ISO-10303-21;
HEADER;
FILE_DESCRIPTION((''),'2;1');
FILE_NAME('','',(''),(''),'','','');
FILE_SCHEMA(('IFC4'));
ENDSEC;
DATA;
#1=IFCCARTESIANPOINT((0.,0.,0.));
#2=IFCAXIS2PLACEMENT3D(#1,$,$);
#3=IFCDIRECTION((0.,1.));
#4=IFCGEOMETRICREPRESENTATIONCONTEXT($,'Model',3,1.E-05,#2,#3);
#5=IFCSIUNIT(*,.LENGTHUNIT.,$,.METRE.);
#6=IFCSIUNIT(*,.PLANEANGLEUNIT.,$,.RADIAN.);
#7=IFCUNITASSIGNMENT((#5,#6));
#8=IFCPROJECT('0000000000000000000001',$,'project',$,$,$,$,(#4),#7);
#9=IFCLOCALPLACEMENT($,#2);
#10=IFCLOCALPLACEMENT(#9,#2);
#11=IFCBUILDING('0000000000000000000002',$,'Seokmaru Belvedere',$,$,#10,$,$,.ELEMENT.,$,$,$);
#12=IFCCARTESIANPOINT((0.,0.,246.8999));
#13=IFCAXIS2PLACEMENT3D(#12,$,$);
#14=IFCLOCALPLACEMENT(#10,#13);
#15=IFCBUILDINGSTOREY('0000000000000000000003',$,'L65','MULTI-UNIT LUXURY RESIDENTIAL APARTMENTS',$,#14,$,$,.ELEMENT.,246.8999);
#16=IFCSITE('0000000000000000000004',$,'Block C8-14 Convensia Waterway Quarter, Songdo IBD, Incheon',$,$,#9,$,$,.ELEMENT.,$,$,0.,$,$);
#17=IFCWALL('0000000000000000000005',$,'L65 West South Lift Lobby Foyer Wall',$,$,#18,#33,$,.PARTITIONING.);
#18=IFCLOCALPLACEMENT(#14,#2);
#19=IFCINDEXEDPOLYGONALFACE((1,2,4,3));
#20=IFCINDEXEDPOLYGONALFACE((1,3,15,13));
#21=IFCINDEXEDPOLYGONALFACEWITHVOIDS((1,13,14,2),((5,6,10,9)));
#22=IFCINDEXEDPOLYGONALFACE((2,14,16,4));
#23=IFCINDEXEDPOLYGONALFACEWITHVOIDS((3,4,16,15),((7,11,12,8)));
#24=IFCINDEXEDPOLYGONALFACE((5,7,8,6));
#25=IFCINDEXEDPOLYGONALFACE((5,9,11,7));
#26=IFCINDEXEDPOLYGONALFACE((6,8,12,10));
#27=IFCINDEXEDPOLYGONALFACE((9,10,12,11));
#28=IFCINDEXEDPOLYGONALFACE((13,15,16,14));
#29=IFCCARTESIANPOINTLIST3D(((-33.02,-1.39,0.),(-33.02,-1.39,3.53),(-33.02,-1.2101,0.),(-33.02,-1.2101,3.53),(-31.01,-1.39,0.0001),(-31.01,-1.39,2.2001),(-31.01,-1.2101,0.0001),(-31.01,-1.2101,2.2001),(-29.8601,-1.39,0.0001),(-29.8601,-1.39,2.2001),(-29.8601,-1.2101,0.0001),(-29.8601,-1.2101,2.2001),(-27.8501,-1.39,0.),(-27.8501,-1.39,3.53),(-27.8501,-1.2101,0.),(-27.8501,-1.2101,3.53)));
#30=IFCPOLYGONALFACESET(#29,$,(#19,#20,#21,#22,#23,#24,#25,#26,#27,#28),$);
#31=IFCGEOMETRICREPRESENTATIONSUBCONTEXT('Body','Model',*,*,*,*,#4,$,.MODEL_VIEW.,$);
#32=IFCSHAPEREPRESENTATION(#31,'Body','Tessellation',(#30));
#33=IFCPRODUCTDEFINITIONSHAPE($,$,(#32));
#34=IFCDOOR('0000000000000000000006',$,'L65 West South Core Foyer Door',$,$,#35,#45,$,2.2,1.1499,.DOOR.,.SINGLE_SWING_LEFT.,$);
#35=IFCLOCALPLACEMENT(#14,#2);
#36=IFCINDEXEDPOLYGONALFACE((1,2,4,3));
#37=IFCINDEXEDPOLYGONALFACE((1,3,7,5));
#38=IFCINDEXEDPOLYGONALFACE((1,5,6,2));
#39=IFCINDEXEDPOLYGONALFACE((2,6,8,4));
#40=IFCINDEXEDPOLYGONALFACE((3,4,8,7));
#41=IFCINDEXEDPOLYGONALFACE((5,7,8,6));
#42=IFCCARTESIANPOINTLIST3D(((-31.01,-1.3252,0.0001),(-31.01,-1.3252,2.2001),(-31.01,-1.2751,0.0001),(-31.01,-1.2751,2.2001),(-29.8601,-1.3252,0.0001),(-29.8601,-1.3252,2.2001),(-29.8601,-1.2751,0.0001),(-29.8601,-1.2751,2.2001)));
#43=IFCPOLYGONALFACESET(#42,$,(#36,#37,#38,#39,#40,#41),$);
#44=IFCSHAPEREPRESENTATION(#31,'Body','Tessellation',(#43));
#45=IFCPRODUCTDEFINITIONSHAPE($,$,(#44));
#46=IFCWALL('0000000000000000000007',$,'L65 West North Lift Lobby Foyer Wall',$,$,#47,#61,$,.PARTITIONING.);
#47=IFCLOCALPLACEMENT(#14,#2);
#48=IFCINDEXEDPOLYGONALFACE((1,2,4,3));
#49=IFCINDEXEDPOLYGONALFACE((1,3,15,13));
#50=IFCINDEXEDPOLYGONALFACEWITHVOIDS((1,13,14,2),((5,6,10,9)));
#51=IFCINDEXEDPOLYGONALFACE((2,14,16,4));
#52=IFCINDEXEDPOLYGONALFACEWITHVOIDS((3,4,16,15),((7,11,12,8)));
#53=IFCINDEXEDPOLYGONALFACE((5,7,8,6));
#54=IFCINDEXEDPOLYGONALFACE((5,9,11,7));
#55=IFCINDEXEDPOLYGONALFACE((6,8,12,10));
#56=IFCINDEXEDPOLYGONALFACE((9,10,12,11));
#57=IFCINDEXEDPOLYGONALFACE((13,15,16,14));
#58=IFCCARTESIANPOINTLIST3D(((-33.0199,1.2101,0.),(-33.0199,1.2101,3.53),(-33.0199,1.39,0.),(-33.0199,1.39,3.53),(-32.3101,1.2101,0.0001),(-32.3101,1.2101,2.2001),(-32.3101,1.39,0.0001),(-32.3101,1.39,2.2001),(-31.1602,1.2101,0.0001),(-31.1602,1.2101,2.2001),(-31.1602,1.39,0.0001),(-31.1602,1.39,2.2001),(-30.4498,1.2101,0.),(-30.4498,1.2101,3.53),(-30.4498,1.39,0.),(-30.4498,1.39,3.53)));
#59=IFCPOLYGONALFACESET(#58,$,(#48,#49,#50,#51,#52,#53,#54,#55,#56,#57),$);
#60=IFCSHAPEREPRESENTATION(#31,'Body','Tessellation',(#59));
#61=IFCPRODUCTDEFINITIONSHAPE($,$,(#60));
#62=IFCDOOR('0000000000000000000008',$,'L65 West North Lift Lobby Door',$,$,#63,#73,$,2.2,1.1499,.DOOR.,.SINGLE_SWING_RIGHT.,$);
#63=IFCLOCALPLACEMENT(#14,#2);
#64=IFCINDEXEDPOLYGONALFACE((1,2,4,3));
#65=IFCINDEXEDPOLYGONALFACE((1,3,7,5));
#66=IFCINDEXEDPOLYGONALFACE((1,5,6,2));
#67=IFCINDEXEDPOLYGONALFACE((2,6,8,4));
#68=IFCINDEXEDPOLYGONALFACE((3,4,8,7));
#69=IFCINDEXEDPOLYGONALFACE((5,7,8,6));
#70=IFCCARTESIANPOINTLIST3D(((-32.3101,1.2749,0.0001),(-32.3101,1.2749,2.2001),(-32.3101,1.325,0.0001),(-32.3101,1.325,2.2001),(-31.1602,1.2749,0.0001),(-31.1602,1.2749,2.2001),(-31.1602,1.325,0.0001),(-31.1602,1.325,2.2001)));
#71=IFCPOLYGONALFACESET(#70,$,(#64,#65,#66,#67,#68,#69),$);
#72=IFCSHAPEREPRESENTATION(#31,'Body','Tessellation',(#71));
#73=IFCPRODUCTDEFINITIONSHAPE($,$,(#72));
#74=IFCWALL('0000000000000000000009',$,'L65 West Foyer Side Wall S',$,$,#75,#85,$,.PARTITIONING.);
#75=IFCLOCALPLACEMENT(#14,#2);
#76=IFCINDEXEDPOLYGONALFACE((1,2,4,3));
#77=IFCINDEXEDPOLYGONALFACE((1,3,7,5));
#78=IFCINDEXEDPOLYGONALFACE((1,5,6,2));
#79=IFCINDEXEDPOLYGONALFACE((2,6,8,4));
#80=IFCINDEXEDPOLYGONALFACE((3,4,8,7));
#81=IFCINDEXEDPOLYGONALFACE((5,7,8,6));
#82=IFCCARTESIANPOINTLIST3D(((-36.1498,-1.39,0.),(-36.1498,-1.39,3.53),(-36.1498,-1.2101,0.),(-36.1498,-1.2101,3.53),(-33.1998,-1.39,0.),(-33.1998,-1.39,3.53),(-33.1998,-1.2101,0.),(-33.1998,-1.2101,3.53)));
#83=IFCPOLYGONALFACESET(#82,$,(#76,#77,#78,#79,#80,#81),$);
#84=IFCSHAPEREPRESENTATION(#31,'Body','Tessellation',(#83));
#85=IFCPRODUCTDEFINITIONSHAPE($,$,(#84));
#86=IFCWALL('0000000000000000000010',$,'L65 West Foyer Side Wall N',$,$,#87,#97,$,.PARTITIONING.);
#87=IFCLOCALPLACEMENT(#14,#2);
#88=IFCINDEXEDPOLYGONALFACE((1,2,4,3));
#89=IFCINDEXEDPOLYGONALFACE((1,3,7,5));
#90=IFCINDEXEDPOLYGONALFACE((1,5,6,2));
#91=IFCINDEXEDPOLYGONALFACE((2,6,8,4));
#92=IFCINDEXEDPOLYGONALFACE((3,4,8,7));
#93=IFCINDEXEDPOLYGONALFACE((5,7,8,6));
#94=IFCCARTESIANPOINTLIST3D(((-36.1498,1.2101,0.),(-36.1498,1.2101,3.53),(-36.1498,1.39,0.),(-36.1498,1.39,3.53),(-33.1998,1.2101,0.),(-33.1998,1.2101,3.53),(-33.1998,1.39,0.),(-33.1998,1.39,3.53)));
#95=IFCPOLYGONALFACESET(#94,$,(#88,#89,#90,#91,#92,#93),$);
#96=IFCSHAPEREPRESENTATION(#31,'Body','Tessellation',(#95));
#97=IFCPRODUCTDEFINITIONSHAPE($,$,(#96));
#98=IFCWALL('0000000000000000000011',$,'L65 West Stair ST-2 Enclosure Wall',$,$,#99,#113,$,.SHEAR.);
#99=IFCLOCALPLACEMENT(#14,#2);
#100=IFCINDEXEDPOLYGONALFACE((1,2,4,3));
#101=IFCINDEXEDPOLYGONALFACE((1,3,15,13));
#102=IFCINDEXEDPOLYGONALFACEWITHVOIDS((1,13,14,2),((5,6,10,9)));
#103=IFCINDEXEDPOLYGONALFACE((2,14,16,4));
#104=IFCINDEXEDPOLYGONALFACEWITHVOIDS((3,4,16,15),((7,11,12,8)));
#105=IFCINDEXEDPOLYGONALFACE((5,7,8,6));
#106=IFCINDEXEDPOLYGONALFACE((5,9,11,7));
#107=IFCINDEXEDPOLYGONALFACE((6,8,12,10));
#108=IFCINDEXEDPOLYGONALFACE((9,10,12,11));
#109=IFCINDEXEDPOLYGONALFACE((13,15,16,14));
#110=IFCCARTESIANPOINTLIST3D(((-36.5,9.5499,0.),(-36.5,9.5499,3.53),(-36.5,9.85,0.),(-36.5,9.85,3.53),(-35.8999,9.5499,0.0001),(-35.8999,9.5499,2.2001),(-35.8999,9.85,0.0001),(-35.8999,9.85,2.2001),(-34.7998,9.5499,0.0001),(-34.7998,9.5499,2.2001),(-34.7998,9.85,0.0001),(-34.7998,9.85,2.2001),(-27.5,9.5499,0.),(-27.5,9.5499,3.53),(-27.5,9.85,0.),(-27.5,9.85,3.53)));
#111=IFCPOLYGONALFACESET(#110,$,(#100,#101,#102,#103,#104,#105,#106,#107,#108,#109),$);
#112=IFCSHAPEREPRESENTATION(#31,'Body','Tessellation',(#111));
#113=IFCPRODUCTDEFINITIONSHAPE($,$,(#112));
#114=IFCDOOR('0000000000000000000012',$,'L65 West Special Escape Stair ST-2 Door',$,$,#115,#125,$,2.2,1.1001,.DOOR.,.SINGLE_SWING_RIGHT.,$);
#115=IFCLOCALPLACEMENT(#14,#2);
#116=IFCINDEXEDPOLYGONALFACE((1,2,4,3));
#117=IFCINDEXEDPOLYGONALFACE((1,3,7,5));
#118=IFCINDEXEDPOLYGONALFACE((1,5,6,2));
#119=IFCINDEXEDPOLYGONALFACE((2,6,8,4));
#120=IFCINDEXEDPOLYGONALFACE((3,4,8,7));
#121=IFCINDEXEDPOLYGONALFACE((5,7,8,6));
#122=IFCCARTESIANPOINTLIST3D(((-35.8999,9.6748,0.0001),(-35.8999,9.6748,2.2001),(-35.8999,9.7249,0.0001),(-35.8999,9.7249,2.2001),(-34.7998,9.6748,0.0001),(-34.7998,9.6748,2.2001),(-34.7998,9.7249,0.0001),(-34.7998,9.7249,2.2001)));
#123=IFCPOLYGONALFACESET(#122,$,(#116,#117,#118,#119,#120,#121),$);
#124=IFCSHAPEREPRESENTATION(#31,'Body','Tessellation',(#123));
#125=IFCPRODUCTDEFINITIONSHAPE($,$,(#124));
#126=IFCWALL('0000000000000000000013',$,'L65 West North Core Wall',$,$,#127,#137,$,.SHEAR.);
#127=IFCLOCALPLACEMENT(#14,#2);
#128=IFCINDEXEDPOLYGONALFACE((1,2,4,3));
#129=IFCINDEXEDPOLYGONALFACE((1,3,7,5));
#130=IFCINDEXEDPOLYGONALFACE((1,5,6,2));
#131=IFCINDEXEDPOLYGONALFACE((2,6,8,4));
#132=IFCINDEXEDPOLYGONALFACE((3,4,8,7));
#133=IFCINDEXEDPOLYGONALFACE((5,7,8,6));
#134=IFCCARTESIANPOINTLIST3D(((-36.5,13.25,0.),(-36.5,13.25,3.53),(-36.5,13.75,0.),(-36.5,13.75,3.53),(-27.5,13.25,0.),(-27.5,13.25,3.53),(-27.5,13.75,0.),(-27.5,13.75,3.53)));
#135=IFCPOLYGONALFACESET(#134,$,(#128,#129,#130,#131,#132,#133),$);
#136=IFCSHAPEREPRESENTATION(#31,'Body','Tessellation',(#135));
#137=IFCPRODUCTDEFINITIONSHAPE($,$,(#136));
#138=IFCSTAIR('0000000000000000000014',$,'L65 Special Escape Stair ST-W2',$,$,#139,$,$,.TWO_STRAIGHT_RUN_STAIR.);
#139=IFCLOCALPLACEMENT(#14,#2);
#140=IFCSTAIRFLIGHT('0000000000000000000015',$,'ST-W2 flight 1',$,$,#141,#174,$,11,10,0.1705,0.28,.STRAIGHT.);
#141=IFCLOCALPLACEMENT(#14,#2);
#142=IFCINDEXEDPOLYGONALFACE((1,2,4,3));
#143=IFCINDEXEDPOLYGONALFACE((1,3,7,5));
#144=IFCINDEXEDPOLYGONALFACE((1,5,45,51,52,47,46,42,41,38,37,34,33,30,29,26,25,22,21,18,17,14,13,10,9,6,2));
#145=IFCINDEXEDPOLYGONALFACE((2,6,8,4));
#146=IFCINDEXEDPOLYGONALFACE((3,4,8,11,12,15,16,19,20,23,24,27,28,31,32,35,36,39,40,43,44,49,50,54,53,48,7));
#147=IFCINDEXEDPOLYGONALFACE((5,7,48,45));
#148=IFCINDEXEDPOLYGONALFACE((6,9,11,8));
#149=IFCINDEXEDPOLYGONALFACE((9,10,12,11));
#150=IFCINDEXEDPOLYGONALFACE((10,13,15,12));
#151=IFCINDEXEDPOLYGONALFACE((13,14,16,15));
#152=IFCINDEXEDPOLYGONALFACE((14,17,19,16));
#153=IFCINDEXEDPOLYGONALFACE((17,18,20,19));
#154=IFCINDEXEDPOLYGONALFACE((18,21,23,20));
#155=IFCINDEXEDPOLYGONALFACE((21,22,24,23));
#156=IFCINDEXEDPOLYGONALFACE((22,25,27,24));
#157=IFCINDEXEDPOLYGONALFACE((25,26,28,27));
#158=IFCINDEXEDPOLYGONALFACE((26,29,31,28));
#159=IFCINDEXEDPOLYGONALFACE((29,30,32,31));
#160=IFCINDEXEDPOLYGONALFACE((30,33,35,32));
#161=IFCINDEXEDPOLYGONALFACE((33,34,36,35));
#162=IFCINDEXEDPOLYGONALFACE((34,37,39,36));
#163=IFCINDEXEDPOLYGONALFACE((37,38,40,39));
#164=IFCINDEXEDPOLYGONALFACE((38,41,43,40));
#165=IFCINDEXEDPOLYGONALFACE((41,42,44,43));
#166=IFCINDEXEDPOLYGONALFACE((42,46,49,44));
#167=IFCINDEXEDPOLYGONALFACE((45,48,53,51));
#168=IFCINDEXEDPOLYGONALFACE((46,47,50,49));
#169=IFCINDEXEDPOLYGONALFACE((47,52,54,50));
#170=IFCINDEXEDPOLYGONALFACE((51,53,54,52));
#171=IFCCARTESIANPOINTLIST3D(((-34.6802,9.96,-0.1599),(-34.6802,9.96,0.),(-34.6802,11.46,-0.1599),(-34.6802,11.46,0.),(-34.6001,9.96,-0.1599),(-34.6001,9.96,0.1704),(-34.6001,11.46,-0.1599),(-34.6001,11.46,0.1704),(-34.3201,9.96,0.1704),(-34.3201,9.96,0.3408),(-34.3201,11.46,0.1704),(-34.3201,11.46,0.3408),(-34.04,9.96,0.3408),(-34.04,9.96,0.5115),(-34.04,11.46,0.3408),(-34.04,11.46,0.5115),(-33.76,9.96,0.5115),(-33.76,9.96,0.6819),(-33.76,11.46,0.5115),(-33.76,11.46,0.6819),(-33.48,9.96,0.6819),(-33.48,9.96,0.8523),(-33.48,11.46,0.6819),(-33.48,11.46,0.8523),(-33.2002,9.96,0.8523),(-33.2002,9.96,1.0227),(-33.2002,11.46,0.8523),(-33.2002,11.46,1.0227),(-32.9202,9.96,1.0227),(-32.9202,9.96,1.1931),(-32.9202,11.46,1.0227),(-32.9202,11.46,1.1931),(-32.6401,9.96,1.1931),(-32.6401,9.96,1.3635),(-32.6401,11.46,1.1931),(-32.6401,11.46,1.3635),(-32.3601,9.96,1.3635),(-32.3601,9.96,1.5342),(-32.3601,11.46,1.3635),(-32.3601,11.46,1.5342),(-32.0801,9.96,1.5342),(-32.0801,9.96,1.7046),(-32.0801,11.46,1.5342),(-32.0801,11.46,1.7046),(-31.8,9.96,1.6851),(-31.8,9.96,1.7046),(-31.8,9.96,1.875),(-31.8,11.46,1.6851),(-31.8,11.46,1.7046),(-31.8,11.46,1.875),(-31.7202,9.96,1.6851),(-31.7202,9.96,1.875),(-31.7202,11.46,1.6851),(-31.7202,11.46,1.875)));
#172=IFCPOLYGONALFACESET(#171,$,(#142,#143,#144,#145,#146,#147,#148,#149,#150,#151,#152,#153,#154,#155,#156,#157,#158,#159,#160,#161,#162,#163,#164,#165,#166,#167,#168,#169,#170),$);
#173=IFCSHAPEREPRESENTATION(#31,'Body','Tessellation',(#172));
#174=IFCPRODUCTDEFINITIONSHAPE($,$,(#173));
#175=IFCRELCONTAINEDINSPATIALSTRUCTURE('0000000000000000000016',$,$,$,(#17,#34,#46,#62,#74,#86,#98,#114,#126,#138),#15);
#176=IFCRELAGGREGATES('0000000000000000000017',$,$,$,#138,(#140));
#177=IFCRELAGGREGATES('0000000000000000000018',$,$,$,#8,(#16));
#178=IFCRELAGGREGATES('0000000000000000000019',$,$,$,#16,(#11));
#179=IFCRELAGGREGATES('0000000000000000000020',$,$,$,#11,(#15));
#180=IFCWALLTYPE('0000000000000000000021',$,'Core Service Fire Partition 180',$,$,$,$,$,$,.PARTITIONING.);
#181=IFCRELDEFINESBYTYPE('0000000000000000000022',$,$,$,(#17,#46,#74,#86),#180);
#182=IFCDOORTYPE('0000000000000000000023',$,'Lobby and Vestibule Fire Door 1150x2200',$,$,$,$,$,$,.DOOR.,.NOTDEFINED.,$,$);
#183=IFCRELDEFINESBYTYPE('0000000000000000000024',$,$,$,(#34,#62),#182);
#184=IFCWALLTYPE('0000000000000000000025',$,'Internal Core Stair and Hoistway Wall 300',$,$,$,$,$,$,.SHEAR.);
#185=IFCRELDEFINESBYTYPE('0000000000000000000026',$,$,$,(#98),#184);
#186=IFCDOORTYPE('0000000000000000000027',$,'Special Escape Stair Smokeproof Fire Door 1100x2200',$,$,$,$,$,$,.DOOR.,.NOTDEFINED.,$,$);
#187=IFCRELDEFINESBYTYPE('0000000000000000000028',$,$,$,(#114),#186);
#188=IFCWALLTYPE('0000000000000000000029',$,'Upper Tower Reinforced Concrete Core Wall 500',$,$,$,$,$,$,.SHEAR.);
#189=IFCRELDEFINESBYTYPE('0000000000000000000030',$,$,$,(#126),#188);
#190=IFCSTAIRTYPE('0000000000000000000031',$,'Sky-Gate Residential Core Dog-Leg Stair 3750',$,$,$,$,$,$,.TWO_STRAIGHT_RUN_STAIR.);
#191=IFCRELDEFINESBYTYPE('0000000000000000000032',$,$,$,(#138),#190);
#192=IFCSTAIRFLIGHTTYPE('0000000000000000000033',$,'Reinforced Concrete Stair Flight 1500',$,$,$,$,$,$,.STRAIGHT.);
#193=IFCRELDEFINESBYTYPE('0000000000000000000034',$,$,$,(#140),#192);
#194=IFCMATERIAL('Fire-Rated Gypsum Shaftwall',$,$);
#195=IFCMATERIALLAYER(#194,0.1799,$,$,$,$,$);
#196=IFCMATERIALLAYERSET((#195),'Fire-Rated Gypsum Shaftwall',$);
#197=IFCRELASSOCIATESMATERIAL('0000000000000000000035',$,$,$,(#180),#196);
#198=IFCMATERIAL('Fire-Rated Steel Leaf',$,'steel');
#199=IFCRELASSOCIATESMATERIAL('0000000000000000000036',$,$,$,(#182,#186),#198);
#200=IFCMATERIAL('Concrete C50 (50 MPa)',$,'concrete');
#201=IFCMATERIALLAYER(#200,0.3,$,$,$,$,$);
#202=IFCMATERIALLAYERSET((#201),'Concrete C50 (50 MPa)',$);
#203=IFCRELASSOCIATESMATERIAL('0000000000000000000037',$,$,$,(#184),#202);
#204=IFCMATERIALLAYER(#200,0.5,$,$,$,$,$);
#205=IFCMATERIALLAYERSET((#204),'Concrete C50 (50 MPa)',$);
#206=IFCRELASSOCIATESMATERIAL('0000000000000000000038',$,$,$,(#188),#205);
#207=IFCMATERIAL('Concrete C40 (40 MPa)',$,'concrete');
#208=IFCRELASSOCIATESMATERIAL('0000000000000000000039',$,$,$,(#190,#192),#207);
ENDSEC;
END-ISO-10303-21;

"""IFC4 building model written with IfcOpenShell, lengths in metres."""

from ifc_helpers import new_model, si_unit, direction, frame, frame_2d, origin, place, context, subcontext, project, spatial, polyline, rectangle, outline, extrude, source, transform, mapped, material, layer, layer_set, type_object, type_shapes, element, fill, aggregate, save


model = new_model("IFC4")

# Units and contexts
model_context = context("Model", 3, precision=1e-05, world=origin(), true_north=direction((0.0, 1.0)))
body_context = subcontext(model_context, "Body", "Model", "MODEL_VIEW")
ifc_project = project(units=[si_unit("LENGTHUNIT", "METRE"), si_unit("PLANEANGLEUNIT", "RADIAN")], contexts=[model_context])

# Site, building, storey
site_placement = place(None, origin())
site = spatial("IfcSite", under=ifc_project, at=site_placement, Name="Block C8-14 Convensia Waterway Quarter, Songdo IBD, Incheon", CompositionType="ELEMENT", RefElevation=0.0)
building_placement = place(site_placement, origin())
building = spatial("IfcBuilding", under=site, at=building_placement, Name="Seokmaru Belvedere", CompositionType="ELEMENT")
storey_placement = place(building_placement, frame((0.0, 0.0, 246.8999)))
storey = spatial("IfcBuildingStorey", under=building, at=storey_placement, Name="L65", Description="MULTI-UNIT LUXURY RESIDENTIAL APARTMENTS", CompositionType="ELEMENT", Elevation=246.8999)

# Shared definitions
ifc_material_1 = material(Name="Fire-Rated Gypsum Shaftwall")
ifc_layer_1 = layer(ifc_material_1, 0.1799)
ifc_layer_set_1 = layer_set([ifc_layer_1], Name="Fire-Rated Gypsum Shaftwall")
wall_type_1 = type_object("IfcWallType", Name="Core Service Fire Partition 180", PredefinedType="PARTITIONING", material=ifc_layer_set_1)

# Walls, openings, doors
wall_1_placement = place(storey_placement, frame((-33.02, -1.3, 0.0), z_axis=(0.0, 0.0, 1.0), x_axis=(1.0, 0.0, 0.0)))
wall_1 = element("IfcWall", 1, at=wall_1_placement, inside=storey, type_object=wall_type_1, Name="L65 West South Lift Lobby Foyer Wall", PredefinedType="PARTITIONING", context=body_context, shape_type="SweptSolid", body=[
    extrude(rectangle(XDim=5.1699, YDim=0.1799, at=frame_2d((2.585, 0.0))), origin(), (0.0, 0.0, 1.0), 3.53),
])
opening_1_placement = place(wall_1_placement, frame((2.01, 0.0, 0.0)))
opening_1 = element("IfcOpeningElement", 2, at=opening_1_placement, cuts=wall_1, PredefinedType="OPENING", context=body_context, shape_type="SweptSolid", body=[
    extrude(rectangle(XDim=1.1499, YDim=2.2, at=frame_2d((0.575, 1.1001))), frame((0.0, 0.1001, 0.0), z_axis=(0.0, -1.0, 0.0), x_axis=(1.0, 0.0, 0.0)), (0.0, 0.0, 1.0), 0.2),
])
ifc_material_2 = material(Name="Fire-Rated Steel Leaf", Category="steel")
door_type_1 = type_object("IfcDoorType", Name="Lobby and Vestibule Fire Door 1150x2200", OperationType="NOTDEFINED", PredefinedType="DOOR", material=ifc_material_2)
shared_shape_1 = source(origin(), body_context, "Body", "SweptSolid", [
    extrude(rectangle(XDim=1.1499, YDim=2.2, at=frame_2d((0.575, 1.1001))), frame((0.0, 0.0249, 0.0), z_axis=(0.0, -1.0, 0.0), x_axis=(1.0, 0.0, 0.0)), (0.0, 0.0, 1.0), 0.05),
])
type_shapes(door_type_1, [shared_shape_1])
door_1_placement = place(opening_1_placement, origin())
door_1 = element("IfcDoor", 3, at=door_1_placement, inside=storey, type_object=door_type_1, Name="L65 West South Core Foyer Door", OperationType="SINGLE_SWING_LEFT", OverallHeight=2.2, OverallWidth=1.1499, PredefinedType="DOOR", context=body_context, shape_type="MappedRepresentation", body=[
    mapped(shared_shape_1, transform((0.0, 0.0, 0.0), scale=1.0)),
])
fill(opening_1, door_1)
wall_2_placement = place(storey_placement, frame((-33.02, 1.3, 0.0), z_axis=(0.0, 0.0, 1.0), x_axis=(1.0, 0.0, 0.0)))
wall_2 = element("IfcWall", 4, at=wall_2_placement, inside=storey, type_object=wall_type_1, Name="L65 West North Lift Lobby Foyer Wall", PredefinedType="PARTITIONING", context=body_context, shape_type="SweptSolid", body=[
    extrude(rectangle(XDim=2.5701, YDim=0.1799, at=frame_2d((1.2852, 0.0))), origin(), (0.0, 0.0, 1.0), 3.53),
])
opening_2_placement = place(wall_2_placement, frame((0.71, 0.0, 0.0)))
opening_2 = element("IfcOpeningElement", 5, at=opening_2_placement, cuts=wall_2, PredefinedType="OPENING", context=body_context, shape_type="SweptSolid", body=[
    extrude(rectangle(XDim=1.1499, YDim=2.2, at=frame_2d((0.575, 1.1001))), frame((0.0, 0.1001, 0.0), z_axis=(0.0, -1.0, 0.0), x_axis=(1.0, 0.0, 0.0)), (0.0, 0.0, 1.0), 0.2),
])
door_2_placement = place(opening_2_placement, origin())
door_2 = element("IfcDoor", 6, at=door_2_placement, inside=storey, type_object=door_type_1, Name="L65 West North Lift Lobby Door", OperationType="SINGLE_SWING_RIGHT", OverallHeight=2.2, OverallWidth=1.1499, PredefinedType="DOOR", context=body_context, shape_type="MappedRepresentation", body=[
    mapped(shared_shape_1, transform((0.0, 0.0, 0.0), scale=1.0)),
])
fill(opening_2, door_2)

# Walls
for number, where, z_axis, x_axis, name in (
    (7, (-36.1499, -1.3, 0.0), (0.0, 0.0, 1.0), (1.0, 0.0, 0.0), "L65 West Foyer Side Wall S"),
    (8, (-36.1499, 1.3, 0.0), (0.0, 0.0, 1.0), (1.0, 0.0, 0.0), "L65 West Foyer Side Wall N"),
):
    element("IfcWall", number, at=place(storey_placement, frame(where, z_axis=z_axis, x_axis=x_axis)), inside=storey, type_object=wall_type_1, Name=name, PredefinedType="PARTITIONING", context=body_context, shape_type="SweptSolid", body=[
        extrude(rectangle(XDim=2.95, YDim=0.1799, at=frame_2d((1.4751, 0.0))), origin(), (0.0, 0.0, 1.0), 3.53),
    ])

# Wall, opening, door
ifc_material_3 = material(Name="Concrete C50 (50 MPa)", Category="concrete")
ifc_layer_2 = layer(ifc_material_3, 0.3)
ifc_layer_set_2 = layer_set([ifc_layer_2], Name="Concrete C50 (50 MPa)")
wall_type_2 = type_object("IfcWallType", Name="Internal Core Stair and Hoistway Wall 300", PredefinedType="SHEAR", material=ifc_layer_set_2)
wall_3_placement = place(storey_placement, frame((-36.5, 9.7, 0.0), z_axis=(0.0, 0.0, 1.0), x_axis=(1.0, 0.0, 0.0)))
wall_3 = element("IfcWall", 9, at=wall_3_placement, inside=storey, type_object=wall_type_2, Name="L65 West Stair ST-2 Enclosure Wall", PredefinedType="SHEAR", context=body_context, shape_type="SweptSolid", body=[
    extrude(rectangle(XDim=9.0, YDim=0.3, at=frame_2d((4.5, 0.0))), origin(), (0.0, 0.0, 1.0), 3.53),
])
opening_3_placement = place(wall_3_placement, frame((0.6001, 0.0, 0.0)))
opening_3 = element("IfcOpeningElement", 10, at=opening_3_placement, cuts=wall_3, PredefinedType="OPENING", context=body_context, shape_type="SweptSolid", body=[
    extrude(rectangle(XDim=1.1001, YDim=2.2, at=frame_2d((0.55, 1.1001))), frame((0.0, 0.1602, 0.0), z_axis=(0.0, -1.0, 0.0), x_axis=(1.0, 0.0, 0.0)), (0.0, 0.0, 1.0), 0.3201),
])
door_type_2 = type_object("IfcDoorType", Name="Special Escape Stair Smokeproof Fire Door 1100x2200", OperationType="NOTDEFINED", PredefinedType="DOOR", material=ifc_material_2)
shared_shape_2 = source(origin(), body_context, "Body", "SweptSolid", [
    extrude(rectangle(XDim=1.1001, YDim=2.2, at=frame_2d((0.55, 1.1001))), frame((0.0, 0.0249, 0.0), z_axis=(0.0, -1.0, 0.0), x_axis=(1.0, 0.0, 0.0)), (0.0, 0.0, 1.0), 0.05),
])
type_shapes(door_type_2, [shared_shape_2])
door_3_placement = place(opening_3_placement, origin())
door_3 = element("IfcDoor", 11, at=door_3_placement, inside=storey, type_object=door_type_2, Name="L65 West Special Escape Stair ST-2 Door", OperationType="SINGLE_SWING_RIGHT", OverallHeight=2.2, OverallWidth=1.1001, PredefinedType="DOOR", context=body_context, shape_type="MappedRepresentation", body=[
    mapped(shared_shape_2, transform((0.0, 0.0, 0.0), scale=1.0)),
])
fill(opening_3, door_3)

# Wall
ifc_layer_3 = layer(ifc_material_3, 0.5)
ifc_layer_set_3 = layer_set([ifc_layer_3], Name="Concrete C50 (50 MPa)")
wall_type_3 = type_object("IfcWallType", Name="Upper Tower Reinforced Concrete Core Wall 500", PredefinedType="SHEAR", material=ifc_layer_set_3)
wall_4_placement = place(storey_placement, frame((-36.5, 13.5, 0.0), z_axis=(0.0, 0.0, 1.0), x_axis=(1.0, 0.0, 0.0)))
element("IfcWall", 12, at=wall_4_placement, inside=storey, type_object=wall_type_3, Name="L65 West North Core Wall", PredefinedType="SHEAR", context=body_context, shape_type="SweptSolid", body=[
    extrude(rectangle(XDim=9.0, YDim=0.5, at=frame_2d((4.5, 0.0))), origin(), (0.0, 0.0, 1.0), 3.53),
])

# Stair, stair flight
ifc_material_4 = material(Name="Concrete C40 (40 MPa)", Category="concrete")
stair_type = type_object("IfcStairType", Name="Sky-Gate Residential Core Dog-Leg Stair 3750", PredefinedType="TWO_STRAIGHT_RUN_STAIR", material=ifc_material_4)
stair_placement = place(storey_placement, origin())
stair = element("IfcStair", 13, at=stair_placement, inside=storey, type_object=stair_type, Name="L65 Special Escape Stair ST-W2", PredefinedType="TWO_STRAIGHT_RUN_STAIR")
stair_flight_type = type_object("IfcStairFlightType", Name="Reinforced Concrete Stair Flight 1500", PredefinedType="STRAIGHT", material=ifc_material_4)
stair_flight_1_placement = place(storey_placement, frame((-34.6001, 10.71, 0.0), z_axis=(0.0, 0.0, 1.0), x_axis=(1.0, 0.0, 0.0)))
stair_flight_1 = element("IfcStairFlight", 14, at=stair_flight_1_placement, type_object=stair_flight_type, Name="ST-W2 flight 1", NumberOfRisers=11, NumberOfTreads=10, PredefinedType="STRAIGHT", RiserHeight=0.1705, TreadLength=0.28, context=body_context, shape_type="SweptSolid", body=[
    extrude(outline(polyline([(-0.0801, 0.0), (0.0, 0.1704), (0.28, 0.1704), (0.28, 0.3408), (0.5601, 0.3408), (0.5601, 0.5115), (0.8401, 0.5115), (0.8401, 0.6819), (1.1201, 0.6819), (1.1201, 0.8523), (1.3999, 0.8523), (1.3999, 1.0227), (1.6799, 1.0227), (1.6799, 1.1931), (1.96, 1.1931), (1.96, 1.3635), (2.24, 1.3635), (2.24, 1.5342), (2.52, 1.5342), (2.52, 1.7046), (2.8, 1.7046), (2.8, 1.875), (2.8799, 1.875), (2.8799, 1.6851), (2.8, 1.6851), (0.0, -0.1599), (-0.0801, -0.1599), (-0.0801, 0.0)])), frame((0.0, 0.75, 0.0), z_axis=(0.0, -1.0, 0.0), x_axis=(1.0, 0.0, 0.0)), (0.0, 0.0, 1.0), 1.5),
])
aggregate(stair, [stair_flight_1])

save(model, "model.ifc")
